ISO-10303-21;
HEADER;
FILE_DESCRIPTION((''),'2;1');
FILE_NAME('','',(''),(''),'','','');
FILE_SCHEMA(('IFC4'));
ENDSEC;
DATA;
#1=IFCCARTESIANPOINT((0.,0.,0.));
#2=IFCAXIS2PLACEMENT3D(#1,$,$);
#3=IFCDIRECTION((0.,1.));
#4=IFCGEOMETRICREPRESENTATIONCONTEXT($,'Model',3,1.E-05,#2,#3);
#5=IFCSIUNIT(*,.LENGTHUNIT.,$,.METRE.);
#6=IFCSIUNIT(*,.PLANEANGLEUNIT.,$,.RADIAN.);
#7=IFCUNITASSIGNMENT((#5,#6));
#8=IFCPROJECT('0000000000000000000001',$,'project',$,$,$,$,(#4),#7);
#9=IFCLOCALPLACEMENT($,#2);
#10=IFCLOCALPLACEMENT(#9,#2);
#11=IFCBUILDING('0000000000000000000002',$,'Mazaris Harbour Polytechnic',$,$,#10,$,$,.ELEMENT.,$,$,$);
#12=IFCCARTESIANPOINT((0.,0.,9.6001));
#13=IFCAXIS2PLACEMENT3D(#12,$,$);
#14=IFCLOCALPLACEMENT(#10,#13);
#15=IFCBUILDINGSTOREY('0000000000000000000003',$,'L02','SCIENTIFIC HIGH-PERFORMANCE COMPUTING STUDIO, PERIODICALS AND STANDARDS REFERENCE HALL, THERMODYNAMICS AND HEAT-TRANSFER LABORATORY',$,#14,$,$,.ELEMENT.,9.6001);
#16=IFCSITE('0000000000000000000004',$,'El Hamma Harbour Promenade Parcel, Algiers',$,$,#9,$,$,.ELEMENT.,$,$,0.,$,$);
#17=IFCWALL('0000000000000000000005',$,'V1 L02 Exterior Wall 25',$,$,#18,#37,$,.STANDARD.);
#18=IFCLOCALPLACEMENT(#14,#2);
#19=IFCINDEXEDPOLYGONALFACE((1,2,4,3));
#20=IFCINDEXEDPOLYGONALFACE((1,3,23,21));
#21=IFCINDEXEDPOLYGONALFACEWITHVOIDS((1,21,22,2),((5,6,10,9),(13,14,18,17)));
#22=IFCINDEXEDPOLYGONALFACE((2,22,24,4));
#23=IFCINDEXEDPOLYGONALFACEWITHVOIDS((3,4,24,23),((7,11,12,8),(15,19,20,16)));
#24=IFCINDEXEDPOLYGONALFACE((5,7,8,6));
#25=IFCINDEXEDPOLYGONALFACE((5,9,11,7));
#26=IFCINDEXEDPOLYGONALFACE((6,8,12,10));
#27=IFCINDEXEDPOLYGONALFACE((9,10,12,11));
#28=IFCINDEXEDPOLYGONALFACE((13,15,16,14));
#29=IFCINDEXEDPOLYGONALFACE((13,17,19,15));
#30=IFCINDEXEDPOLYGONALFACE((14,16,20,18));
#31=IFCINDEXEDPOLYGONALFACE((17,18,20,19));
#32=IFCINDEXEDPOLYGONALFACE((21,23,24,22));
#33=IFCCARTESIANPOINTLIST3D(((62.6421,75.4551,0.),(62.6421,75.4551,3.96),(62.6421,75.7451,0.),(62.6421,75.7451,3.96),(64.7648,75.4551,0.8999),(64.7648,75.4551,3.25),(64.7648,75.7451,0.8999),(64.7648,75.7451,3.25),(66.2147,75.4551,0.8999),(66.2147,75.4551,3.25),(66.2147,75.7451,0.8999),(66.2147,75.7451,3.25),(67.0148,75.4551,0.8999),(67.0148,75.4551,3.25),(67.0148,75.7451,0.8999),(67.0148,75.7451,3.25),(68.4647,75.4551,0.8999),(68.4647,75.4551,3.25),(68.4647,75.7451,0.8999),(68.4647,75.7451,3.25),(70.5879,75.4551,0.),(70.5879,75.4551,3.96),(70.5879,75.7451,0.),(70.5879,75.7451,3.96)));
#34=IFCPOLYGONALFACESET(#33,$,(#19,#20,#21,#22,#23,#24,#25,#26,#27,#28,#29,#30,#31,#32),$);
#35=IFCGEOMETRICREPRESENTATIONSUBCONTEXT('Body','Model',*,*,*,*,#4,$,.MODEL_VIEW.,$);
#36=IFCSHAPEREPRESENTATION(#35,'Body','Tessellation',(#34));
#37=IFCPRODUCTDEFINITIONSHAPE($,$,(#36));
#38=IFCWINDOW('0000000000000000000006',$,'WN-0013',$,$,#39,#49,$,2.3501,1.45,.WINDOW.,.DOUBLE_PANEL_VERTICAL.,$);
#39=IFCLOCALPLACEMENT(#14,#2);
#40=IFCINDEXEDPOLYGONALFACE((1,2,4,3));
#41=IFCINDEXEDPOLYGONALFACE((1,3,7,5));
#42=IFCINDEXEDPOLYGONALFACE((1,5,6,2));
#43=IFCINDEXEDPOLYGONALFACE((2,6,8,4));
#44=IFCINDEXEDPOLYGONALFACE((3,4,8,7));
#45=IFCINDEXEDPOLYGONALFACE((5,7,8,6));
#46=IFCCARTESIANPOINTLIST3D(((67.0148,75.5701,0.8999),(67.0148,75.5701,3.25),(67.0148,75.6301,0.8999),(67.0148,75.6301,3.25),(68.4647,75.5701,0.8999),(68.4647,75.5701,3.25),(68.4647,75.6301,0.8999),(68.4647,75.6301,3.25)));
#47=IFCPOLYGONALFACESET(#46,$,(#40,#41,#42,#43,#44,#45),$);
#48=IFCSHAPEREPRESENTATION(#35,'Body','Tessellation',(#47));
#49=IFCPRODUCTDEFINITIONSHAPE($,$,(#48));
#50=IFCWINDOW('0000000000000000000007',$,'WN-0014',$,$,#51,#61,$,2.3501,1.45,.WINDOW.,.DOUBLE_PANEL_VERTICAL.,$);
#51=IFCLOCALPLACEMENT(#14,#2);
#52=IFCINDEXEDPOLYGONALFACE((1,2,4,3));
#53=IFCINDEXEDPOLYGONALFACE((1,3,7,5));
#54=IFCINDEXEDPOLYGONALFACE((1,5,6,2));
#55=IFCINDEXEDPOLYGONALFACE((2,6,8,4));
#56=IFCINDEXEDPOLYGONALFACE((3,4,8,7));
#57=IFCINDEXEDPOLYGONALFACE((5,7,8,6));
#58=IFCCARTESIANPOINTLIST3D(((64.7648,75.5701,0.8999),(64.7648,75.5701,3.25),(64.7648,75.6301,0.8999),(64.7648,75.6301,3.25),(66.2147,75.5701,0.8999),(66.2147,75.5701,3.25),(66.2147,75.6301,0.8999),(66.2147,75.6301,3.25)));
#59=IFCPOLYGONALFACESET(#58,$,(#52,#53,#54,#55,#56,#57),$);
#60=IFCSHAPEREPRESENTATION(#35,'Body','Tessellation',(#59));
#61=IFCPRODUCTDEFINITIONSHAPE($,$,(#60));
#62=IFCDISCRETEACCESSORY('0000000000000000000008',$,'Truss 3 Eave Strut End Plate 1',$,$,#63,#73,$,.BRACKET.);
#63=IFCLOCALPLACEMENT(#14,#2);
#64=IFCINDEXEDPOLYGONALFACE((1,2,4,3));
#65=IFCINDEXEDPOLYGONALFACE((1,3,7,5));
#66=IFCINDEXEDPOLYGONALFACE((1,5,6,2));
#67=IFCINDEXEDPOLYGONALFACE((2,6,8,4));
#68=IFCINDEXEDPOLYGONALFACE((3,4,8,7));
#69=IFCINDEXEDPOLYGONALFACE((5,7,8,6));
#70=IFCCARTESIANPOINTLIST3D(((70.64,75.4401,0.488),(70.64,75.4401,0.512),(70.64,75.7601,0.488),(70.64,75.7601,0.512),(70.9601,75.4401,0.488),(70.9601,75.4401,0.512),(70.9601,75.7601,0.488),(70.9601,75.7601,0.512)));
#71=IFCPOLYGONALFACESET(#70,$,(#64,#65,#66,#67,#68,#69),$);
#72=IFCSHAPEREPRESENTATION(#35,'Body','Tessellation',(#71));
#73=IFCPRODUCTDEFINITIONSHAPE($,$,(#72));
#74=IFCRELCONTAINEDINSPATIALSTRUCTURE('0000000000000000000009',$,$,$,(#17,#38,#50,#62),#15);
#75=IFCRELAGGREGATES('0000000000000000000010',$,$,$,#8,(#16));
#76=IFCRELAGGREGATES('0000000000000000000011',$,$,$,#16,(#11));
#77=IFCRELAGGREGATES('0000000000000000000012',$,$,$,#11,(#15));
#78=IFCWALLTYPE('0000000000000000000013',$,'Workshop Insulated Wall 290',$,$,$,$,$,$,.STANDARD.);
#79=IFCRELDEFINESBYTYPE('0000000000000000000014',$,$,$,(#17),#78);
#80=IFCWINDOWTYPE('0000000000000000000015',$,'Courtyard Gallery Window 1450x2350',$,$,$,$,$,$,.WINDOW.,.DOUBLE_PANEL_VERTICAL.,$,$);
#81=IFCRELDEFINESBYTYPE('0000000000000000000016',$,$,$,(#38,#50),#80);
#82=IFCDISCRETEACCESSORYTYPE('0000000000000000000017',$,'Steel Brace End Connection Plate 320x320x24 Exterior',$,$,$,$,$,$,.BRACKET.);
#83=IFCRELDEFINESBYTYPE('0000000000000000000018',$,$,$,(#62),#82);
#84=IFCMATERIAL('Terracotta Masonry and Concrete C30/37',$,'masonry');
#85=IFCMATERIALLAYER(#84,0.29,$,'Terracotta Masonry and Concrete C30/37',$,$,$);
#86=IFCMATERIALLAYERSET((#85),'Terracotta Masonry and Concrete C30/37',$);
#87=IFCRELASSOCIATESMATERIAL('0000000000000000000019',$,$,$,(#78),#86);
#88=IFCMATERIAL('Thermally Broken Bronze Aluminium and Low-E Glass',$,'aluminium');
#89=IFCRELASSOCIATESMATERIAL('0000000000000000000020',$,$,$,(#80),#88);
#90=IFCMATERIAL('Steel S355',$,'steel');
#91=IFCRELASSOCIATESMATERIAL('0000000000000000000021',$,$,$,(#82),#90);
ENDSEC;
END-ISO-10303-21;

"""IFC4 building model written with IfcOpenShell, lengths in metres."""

from ifc_helpers import new_model, si_unit, direction, frame, frame_2d, origin, origin_2d, place, context, subcontext, project, spatial, rectangle, extrude, material, layer, layer_set, type_object, element, fill, save


model = new_model("IFC4")

# Units and contexts
model_context = context("Model", 3, precision=1e-05, world=origin(), true_north=direction((0.0, 1.0)))
body_context = subcontext(model_context, "Body", "Model", "MODEL_VIEW")
ifc_project = project(units=[si_unit("LENGTHUNIT", "METRE"), si_unit("PLANEANGLEUNIT", "RADIAN")], contexts=[model_context])

# Site, building, storey
site_placement = place(None, origin())
site = spatial("IfcSite", under=ifc_project, at=site_placement, Name="El Hamma Harbour Promenade Parcel, Algiers", CompositionType="ELEMENT", RefElevation=0.0)
building_placement = place(site_placement, origin())
building = spatial("IfcBuilding", under=site, at=building_placement, Name="Mazaris Harbour Polytechnic", CompositionType="ELEMENT")
storey_placement = place(building_placement, frame((0.0, 0.0, 9.6001)))
storey = spatial("IfcBuildingStorey", under=building, at=storey_placement, Name="L02", Description="SCIENTIFIC HIGH-PERFORMANCE COMPUTING STUDIO, PERIODICALS AND STANDARDS REFERENCE HALL, THERMODYNAMICS AND HEAT-TRANSFER LABORATORY", CompositionType="ELEMENT", Elevation=9.6001)

# Wall, openings, windows
ifc_material_1 = material(Name="Terracotta Masonry and Concrete C30/37", Category="masonry")
ifc_layer_1 = layer(ifc_material_1, 0.29, Name="Terracotta Masonry and Concrete C30/37")
ifc_layer_set_1 = layer_set([ifc_layer_1], Name="Terracotta Masonry and Concrete C30/37")
wall_type_1 = type_object("IfcWallType", Name="Workshop Insulated Wall 290", PredefinedType="STANDARD", material=ifc_layer_set_1)
wall_1_placement = place(storey_placement, frame((70.5879, 75.6001, 0.0), z_axis=(0.0, 0.0, 1.0), x_axis=(-1.0, 0.0, 0.0)))
wall_1 = element("IfcWall", 1, at=wall_1_placement, inside=storey, type_object=wall_type_1, Name="V1 L02 Exterior Wall 25", PredefinedType="STANDARD", context=body_context, shape_type="SweptSolid", body=[
    extrude(rectangle(XDim=7.9458, YDim=0.29, at=frame_2d((3.9729, 0.0))), origin(), (0.0, 0.0, 1.0), 3.96),
])
opening_1_placement = place(wall_1_placement, frame((2.123, 0.0, 0.8999)))
opening_1 = element("IfcOpeningElement", 2, at=opening_1_placement, cuts=wall_1, PredefinedType="OPENING", context=body_context, shape_type="SweptSolid", body=[
    extrude(rectangle(XDim=1.45, YDim=2.3501, at=frame_2d((0.7251, 1.175))), frame((0.0, 0.155, 0.0), z_axis=(0.0, -1.0, 0.0), x_axis=(1.0, 0.0, 0.0)), (0.0, 0.0, 1.0), 0.3101),
])
opening_2_placement = place(wall_1_placement, frame((4.373, 0.0, 0.8999)))
opening_2 = element("IfcOpeningElement", 3, at=opening_2_placement, cuts=wall_1, PredefinedType="OPENING", context=body_context, shape_type="SweptSolid", body=[
    extrude(rectangle(XDim=1.45, YDim=2.3501, at=frame_2d((0.7251, 1.175))), frame((0.0, 0.155, 0.0), z_axis=(0.0, -1.0, 0.0), x_axis=(1.0, 0.0, 0.0)), (0.0, 0.0, 1.0), 0.3101),
])
ifc_material_2 = material(Name="Thermally Broken Bronze Aluminium and Low-E Glass", Category="aluminium")
window_type = type_object("IfcWindowType", Name="Courtyard Gallery Window 1450x2350", PartitioningType="DOUBLE_PANEL_VERTICAL", PredefinedType="WINDOW", material=ifc_material_2)
window_1_placement = place(opening_1_placement, origin())
window_1 = element("IfcWindow", 4, at=window_1_placement, inside=storey, type_object=window_type, Name="WN-0013", OverallHeight=2.3501, OverallWidth=1.45, PartitioningType="DOUBLE_PANEL_VERTICAL", PredefinedType="WINDOW", context=body_context, shape_type="SweptSolid", body=[
    extrude(rectangle(XDim=1.45, YDim=2.3501, at=frame_2d((0.7251, 1.175))), frame((0.0, 0.03, 0.0), z_axis=(0.0, -1.0, 0.0), x_axis=(1.0, 0.0, 0.0)), (0.0, 0.0, 1.0), 0.0601),
])
fill(opening_1, window_1)
window_2_placement = place(opening_2_placement, origin())
window_2 = element("IfcWindow", 5, at=window_2_placement, inside=storey, type_object=window_type, Name="WN-0014", OverallHeight=2.3501, OverallWidth=1.45, PartitioningType="DOUBLE_PANEL_VERTICAL", PredefinedType="WINDOW", context=body_context, shape_type="SweptSolid", body=[
    extrude(rectangle(XDim=1.45, YDim=2.3501, at=frame_2d((0.7251, 1.175))), frame((0.0, 0.03, 0.0), z_axis=(0.0, -1.0, 0.0), x_axis=(1.0, 0.0, 0.0)), (0.0, 0.0, 1.0), 0.0601),
])
fill(opening_2, window_2)

# Discrete accessory
ifc_material_3 = material(Name="Steel S355", Category="steel")
discrete_accessory_type = type_object("IfcDiscreteAccessoryType", Name="Steel Brace End Connection Plate 320x320x24 Exterior", PredefinedType="BRACKET", material=ifc_material_3)
discrete_accessory_placement = place(storey_placement, frame((70.8, 75.6001, 0.488), z_axis=(0.0, 0.0, 1.0), x_axis=(1.0, 0.0, 0.0)))
element("IfcDiscreteAccessory", 6, at=discrete_accessory_placement, inside=storey, type_object=discrete_accessory_type, Name="Truss 3 Eave Strut End Plate 1", PredefinedType="BRACKET", context=body_context, shape_type="SweptSolid", body=[
    extrude(rectangle(XDim=0.3201, YDim=0.3201, at=origin_2d()), origin(), (0.0, 0.0, 1.0), 0.0239),
])

save(model, "model.ifc")
